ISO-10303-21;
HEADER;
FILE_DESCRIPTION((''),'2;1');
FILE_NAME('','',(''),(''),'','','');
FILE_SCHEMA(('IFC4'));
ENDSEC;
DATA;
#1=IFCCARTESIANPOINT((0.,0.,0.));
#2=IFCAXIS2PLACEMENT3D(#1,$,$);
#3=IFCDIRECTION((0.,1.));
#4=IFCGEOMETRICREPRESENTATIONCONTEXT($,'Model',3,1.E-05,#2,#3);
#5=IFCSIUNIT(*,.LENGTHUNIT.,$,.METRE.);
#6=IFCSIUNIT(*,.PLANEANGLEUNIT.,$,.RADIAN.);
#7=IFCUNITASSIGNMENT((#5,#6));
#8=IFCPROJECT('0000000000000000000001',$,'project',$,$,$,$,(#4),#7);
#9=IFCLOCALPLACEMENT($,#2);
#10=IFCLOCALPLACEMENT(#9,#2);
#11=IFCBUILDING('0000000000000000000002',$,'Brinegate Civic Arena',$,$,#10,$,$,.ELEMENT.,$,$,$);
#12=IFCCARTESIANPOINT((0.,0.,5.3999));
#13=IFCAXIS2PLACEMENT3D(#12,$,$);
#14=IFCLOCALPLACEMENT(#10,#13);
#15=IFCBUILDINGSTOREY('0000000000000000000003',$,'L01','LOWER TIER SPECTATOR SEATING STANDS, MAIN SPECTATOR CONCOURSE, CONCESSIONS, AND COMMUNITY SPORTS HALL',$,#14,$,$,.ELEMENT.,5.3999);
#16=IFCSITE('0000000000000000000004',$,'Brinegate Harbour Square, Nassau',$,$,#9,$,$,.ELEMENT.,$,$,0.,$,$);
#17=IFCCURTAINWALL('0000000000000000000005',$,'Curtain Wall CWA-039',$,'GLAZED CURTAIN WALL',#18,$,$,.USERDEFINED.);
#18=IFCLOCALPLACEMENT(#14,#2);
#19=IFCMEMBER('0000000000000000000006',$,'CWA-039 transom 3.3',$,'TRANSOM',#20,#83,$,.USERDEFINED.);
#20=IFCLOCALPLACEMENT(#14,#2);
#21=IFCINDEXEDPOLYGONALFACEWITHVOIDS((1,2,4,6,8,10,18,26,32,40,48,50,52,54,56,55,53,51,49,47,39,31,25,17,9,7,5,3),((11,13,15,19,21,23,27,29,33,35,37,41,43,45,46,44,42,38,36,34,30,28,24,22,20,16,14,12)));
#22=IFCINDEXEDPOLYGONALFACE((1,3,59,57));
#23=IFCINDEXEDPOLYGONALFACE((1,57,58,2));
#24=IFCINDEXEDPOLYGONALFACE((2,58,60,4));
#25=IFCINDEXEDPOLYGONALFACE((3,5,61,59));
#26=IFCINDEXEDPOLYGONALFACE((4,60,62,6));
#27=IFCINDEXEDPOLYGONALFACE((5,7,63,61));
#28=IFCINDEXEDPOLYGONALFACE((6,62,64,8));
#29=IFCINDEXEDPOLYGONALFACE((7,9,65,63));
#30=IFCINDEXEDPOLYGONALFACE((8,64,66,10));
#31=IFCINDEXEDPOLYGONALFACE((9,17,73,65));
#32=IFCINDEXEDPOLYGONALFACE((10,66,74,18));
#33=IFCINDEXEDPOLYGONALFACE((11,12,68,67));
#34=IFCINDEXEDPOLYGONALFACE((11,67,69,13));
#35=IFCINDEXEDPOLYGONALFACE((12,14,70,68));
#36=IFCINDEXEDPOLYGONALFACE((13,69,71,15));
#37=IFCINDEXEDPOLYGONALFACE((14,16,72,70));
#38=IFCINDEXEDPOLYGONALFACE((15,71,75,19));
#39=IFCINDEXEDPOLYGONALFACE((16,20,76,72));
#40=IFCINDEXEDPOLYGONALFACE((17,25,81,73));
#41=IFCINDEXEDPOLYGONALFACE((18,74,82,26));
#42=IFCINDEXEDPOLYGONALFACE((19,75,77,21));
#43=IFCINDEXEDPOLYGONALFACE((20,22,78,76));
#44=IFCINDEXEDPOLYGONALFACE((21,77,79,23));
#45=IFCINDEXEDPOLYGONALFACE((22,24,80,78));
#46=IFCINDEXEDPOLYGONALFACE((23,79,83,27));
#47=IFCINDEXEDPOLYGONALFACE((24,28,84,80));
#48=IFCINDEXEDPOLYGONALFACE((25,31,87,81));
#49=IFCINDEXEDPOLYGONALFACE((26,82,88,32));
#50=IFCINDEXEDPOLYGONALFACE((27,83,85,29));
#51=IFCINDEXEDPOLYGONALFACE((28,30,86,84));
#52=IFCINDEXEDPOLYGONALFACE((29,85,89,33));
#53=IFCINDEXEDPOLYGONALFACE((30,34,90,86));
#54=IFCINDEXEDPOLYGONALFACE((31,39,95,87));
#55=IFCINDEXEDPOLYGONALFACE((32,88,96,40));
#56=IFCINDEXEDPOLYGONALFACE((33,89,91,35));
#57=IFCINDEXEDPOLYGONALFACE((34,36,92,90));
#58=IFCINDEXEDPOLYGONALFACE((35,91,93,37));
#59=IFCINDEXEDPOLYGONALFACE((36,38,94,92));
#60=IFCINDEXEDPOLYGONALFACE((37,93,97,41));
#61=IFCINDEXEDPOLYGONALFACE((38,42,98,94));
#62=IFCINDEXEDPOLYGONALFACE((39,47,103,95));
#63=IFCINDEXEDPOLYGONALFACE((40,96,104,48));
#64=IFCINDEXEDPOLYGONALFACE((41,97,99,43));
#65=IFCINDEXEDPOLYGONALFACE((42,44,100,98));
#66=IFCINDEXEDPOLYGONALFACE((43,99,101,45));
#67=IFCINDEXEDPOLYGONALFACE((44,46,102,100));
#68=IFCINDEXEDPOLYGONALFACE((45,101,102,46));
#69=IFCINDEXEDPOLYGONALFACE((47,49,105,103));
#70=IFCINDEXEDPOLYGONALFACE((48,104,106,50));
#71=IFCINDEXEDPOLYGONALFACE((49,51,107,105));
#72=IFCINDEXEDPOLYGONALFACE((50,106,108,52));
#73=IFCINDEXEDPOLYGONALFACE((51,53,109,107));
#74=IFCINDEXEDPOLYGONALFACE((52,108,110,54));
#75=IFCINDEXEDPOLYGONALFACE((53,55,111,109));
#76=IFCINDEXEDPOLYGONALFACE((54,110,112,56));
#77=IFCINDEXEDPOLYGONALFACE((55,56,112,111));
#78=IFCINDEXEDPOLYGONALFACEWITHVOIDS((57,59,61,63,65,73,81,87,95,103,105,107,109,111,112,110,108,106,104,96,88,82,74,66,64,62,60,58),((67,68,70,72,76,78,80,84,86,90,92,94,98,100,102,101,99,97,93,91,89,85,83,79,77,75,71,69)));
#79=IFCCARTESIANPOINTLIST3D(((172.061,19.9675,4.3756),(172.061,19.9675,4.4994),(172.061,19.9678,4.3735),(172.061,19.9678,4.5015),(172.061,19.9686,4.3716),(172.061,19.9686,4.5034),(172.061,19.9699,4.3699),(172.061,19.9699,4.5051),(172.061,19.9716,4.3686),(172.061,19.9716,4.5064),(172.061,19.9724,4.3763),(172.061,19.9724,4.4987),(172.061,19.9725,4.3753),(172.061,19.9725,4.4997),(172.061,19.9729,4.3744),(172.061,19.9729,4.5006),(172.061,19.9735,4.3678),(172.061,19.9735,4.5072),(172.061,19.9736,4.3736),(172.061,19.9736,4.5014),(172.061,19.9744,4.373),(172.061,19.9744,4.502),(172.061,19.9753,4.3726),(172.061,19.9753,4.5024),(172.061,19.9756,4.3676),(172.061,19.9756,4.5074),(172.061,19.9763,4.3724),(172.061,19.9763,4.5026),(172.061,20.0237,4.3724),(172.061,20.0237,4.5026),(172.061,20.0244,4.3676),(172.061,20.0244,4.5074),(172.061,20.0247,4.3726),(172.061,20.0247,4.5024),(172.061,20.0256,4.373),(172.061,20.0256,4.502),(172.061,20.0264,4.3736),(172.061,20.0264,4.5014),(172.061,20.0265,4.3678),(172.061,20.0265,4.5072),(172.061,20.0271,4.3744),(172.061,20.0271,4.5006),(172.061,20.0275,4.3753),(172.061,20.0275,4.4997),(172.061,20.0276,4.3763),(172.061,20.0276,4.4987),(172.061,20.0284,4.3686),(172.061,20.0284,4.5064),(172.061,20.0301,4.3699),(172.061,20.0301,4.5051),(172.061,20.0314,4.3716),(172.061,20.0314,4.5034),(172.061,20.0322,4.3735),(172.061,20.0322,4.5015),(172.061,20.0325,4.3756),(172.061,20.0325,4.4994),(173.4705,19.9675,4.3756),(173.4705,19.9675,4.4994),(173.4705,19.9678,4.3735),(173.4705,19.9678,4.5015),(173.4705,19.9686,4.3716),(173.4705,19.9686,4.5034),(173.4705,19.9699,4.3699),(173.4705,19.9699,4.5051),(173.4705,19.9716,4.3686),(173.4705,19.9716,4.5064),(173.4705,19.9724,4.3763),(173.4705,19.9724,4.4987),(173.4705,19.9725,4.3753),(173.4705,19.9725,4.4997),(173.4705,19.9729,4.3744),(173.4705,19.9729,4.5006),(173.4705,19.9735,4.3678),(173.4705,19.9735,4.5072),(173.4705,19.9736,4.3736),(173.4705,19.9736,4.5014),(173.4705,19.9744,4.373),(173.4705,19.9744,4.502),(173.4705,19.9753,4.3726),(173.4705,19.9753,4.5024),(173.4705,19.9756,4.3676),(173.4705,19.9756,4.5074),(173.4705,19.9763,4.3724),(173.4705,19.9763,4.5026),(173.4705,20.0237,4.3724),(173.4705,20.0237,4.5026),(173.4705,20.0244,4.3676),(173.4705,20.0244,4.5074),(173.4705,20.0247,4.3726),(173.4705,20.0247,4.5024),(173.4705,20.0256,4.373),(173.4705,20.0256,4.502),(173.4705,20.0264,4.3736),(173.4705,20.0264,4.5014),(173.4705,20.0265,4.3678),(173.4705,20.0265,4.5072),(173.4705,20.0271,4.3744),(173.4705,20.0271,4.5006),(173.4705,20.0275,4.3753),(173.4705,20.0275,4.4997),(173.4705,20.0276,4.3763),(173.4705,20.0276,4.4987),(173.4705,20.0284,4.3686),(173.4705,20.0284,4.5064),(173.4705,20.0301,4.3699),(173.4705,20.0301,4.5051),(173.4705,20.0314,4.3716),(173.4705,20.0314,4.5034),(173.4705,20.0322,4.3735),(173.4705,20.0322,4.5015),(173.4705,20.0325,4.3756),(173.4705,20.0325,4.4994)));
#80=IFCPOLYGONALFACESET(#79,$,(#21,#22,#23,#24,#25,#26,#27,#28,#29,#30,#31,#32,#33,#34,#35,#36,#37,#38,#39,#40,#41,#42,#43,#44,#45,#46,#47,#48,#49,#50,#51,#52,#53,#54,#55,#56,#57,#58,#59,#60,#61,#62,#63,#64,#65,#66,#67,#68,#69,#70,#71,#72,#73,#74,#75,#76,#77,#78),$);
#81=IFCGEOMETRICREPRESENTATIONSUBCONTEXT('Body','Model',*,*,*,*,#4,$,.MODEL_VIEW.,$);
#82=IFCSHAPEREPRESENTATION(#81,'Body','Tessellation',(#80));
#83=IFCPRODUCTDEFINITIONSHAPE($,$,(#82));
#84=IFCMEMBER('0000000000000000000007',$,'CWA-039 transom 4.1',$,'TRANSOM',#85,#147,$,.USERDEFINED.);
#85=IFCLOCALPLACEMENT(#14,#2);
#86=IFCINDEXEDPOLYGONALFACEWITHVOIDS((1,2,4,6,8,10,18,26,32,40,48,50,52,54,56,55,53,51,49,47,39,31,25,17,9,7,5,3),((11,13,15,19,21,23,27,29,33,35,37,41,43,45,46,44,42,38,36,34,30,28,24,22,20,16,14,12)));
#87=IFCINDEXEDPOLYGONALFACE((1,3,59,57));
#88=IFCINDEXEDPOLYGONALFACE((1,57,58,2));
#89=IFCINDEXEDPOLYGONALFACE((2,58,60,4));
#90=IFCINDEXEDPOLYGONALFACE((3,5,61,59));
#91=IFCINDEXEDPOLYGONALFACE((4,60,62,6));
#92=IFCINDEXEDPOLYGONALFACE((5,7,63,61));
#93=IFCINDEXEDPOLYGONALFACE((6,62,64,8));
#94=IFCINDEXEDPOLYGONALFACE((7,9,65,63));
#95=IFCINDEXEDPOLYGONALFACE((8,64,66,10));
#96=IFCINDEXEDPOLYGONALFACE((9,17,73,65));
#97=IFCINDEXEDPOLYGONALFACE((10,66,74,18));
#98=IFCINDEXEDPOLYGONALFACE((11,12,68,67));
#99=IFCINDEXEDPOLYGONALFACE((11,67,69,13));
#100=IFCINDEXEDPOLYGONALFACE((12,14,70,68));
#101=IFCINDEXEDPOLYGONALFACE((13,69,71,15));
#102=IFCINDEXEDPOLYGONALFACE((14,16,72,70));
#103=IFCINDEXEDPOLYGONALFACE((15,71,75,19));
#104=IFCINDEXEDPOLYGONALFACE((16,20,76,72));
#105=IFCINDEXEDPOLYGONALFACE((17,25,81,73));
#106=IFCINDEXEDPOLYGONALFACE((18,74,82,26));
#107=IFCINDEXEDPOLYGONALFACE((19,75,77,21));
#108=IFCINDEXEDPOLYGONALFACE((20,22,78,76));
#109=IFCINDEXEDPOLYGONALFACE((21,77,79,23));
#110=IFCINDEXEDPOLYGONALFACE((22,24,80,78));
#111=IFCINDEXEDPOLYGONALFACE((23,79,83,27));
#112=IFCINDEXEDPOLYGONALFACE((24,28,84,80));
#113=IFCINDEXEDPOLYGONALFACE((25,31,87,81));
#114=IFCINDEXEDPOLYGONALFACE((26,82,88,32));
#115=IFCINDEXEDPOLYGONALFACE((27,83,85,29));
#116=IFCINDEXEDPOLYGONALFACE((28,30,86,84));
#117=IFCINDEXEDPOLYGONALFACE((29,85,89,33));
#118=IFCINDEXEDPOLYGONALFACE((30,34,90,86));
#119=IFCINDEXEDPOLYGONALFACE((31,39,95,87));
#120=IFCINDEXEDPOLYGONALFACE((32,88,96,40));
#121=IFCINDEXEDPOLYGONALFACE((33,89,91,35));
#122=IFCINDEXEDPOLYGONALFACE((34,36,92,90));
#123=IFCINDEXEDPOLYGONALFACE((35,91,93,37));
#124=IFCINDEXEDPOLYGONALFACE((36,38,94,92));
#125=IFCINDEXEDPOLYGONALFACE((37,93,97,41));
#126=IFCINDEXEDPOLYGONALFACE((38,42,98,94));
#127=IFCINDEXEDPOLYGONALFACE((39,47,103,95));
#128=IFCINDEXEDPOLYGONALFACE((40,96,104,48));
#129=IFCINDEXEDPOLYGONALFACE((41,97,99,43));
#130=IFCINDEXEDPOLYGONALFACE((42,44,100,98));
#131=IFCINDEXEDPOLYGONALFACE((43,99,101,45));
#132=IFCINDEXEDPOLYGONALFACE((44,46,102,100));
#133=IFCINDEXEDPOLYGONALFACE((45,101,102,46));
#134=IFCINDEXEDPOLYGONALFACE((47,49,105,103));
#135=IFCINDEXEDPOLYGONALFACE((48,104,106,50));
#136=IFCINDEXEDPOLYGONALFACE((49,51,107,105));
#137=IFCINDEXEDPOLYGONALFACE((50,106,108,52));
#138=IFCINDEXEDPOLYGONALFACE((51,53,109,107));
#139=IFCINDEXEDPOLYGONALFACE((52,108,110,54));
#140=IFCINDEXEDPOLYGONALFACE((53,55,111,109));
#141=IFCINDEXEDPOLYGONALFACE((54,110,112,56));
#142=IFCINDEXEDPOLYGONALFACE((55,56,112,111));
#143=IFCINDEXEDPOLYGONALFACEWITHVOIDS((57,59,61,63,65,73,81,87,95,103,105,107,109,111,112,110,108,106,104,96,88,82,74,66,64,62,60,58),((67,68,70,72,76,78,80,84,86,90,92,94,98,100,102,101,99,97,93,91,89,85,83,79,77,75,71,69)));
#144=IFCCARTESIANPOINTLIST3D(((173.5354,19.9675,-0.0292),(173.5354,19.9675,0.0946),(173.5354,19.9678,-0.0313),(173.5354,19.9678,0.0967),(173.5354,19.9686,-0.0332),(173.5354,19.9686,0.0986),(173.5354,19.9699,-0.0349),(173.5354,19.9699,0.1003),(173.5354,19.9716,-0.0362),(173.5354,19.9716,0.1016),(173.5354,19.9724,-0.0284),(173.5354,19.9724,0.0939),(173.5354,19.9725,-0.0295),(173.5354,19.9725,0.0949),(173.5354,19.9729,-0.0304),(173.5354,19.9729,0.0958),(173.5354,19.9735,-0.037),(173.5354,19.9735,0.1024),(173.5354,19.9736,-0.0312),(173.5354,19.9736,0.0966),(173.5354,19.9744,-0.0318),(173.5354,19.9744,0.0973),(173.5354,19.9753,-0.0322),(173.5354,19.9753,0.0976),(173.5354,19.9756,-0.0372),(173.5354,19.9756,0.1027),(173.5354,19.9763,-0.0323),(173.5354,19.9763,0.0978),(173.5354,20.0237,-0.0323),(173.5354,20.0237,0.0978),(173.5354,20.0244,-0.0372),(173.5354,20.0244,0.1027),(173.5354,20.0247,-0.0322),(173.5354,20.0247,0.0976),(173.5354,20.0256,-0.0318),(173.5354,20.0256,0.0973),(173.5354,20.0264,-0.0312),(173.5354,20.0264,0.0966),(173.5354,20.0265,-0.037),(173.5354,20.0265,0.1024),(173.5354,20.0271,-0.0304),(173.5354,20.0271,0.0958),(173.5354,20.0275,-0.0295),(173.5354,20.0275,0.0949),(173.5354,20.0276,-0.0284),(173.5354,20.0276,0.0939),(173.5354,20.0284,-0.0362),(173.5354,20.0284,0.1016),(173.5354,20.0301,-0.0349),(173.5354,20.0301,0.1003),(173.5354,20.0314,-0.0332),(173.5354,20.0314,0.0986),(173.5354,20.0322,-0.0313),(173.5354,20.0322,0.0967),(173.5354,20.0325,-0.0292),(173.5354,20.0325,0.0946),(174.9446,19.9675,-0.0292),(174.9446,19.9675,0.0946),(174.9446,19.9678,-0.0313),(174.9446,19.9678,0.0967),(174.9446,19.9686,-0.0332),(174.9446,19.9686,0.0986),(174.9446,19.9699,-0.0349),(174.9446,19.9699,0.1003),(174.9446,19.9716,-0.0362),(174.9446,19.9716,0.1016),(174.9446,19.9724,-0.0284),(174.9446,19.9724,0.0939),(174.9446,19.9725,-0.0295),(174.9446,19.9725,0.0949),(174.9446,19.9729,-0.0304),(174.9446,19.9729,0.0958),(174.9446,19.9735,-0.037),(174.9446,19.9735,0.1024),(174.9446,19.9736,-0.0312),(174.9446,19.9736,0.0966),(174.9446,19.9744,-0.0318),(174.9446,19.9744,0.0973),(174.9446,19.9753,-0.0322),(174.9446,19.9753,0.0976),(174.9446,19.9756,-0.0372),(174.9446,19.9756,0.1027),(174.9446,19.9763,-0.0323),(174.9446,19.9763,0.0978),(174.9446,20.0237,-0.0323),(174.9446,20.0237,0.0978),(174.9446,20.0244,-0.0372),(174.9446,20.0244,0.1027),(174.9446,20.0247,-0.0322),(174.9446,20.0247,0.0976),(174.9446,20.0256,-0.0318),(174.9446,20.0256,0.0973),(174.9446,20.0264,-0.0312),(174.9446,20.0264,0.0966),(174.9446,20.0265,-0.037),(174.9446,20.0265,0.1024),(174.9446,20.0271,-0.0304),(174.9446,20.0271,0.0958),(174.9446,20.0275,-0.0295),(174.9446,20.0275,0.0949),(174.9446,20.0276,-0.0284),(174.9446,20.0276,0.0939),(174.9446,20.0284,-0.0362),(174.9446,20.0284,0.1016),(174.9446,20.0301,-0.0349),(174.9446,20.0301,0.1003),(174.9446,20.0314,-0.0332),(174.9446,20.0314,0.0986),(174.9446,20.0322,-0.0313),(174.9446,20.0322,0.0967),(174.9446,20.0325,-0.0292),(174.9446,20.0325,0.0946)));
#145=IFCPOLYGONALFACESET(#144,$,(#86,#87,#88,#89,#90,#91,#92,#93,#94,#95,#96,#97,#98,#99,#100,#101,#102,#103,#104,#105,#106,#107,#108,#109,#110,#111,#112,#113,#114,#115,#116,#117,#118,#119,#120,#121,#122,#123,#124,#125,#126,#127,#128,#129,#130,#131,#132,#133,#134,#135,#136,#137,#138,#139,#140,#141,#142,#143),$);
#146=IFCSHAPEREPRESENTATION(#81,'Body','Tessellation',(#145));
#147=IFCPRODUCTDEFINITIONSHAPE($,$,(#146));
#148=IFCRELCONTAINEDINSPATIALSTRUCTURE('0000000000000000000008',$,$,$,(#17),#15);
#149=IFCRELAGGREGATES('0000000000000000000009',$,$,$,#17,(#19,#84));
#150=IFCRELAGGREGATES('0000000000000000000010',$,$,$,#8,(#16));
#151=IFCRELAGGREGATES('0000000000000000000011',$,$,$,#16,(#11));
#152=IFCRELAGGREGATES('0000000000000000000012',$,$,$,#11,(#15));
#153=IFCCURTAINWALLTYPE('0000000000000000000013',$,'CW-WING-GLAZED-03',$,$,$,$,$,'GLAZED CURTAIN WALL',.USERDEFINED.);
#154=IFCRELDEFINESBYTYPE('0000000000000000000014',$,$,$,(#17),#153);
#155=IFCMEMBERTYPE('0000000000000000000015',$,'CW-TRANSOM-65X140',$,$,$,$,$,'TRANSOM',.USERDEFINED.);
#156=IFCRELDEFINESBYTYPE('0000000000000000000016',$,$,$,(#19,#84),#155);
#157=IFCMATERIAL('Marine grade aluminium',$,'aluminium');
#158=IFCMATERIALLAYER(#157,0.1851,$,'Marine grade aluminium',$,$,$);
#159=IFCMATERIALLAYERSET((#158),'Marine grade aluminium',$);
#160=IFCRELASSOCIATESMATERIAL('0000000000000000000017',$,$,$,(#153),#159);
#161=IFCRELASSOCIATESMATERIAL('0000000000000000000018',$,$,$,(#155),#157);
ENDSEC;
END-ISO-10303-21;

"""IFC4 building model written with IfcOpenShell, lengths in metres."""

from ifc_helpers import new_model, si_unit, direction, frame, origin, origin_2d, place, context, subcontext, project, spatial, hollow_rectangle, extrude, material, layer, layer_set, material_profile, profile_set, type_object, element, aggregate, save


model = new_model("IFC4")

# Units and contexts
model_context = context("Model", 3, precision=1e-05, world=origin(), true_north=direction((0.0, 1.0)))
body_context = subcontext(model_context, "Body", "Model", "MODEL_VIEW")
ifc_project = project(units=[si_unit("LENGTHUNIT", "METRE"), si_unit("PLANEANGLEUNIT", "RADIAN")], contexts=[model_context])

# Site, building, storey
site_placement = place(None, origin())
site = spatial("IfcSite", under=ifc_project, at=site_placement, Name="Brinegate Harbour Square, Nassau", CompositionType="ELEMENT", RefElevation=0.0)
building_placement = place(site_placement, origin())
building = spatial("IfcBuilding", under=site, at=building_placement, Name="Brinegate Civic Arena", CompositionType="ELEMENT")
storey_placement = place(building_placement, frame((0.0, 0.0, 5.3999)))
storey = spatial("IfcBuildingStorey", under=building, at=storey_placement, Name="L01", Description="LOWER TIER SPECTATOR SEATING STANDS, MAIN SPECTATOR CONCOURSE, CONCESSIONS, AND COMMUNITY SPORTS HALL", CompositionType="ELEMENT", Elevation=5.3999)

# Curtain wall, members
ifc_material_1 = material(Name="Marine grade aluminium", Category="aluminium")
ifc_layer_1 = layer(ifc_material_1, 0.1851, Name="Marine grade aluminium")
ifc_layer_set_1 = layer_set([ifc_layer_1], Name="Marine grade aluminium")
curtain_wall_type = type_object("IfcCurtainWallType", Name="CW-WING-GLAZED-03", ElementType="GLAZED CURTAIN WALL", PredefinedType="USERDEFINED", material=ifc_layer_set_1)
curtain_wall_placement = place(storey_placement, origin())
curtain_wall = element("IfcCurtainWall", 1, at=curtain_wall_placement, inside=storey, type_object=curtain_wall_type, Name="Curtain Wall CWA-039", ObjectType="GLAZED CURTAIN WALL", PredefinedType="USERDEFINED")
ifc_material_profile_1 = material_profile(ifc_material_1, hollow_rectangle(XDim=0.0649, YDim=0.1399, WallThickness=0.0049, InnerFilletRadius=0.0039, OuterFilletRadius=0.0081, at=origin_2d()), Name="TRN65X140")
ifc_profile_set_1 = profile_set([ifc_material_profile_1], Name="Marine grade aluminium")
member_type_1 = type_object("IfcMemberType", Name="CW-TRANSOM-65X140", ElementType="TRANSOM", PredefinedType="USERDEFINED", material=ifc_profile_set_1)
member_1_placement = place(storey_placement, frame((172.061, 20.0, 4.4375), z_axis=(1.0, 0.0, 0.0), x_axis=(0.0, 1.0, 0.0)))
member_1 = element("IfcMember", 2, at=member_1_placement, type_object=member_type_1, Name="CWA-039 transom 3.3", ObjectType="TRANSOM", PredefinedType="USERDEFINED", context=body_context, shape_type="SweptSolid", body=[
    extrude(hollow_rectangle(XDim=0.0649, YDim=0.1399, WallThickness=0.0049, InnerFilletRadius=0.0039, OuterFilletRadius=0.0081, at=origin_2d()), origin(), (0.0, 0.0, 1.0), 1.4094),
])
member_2_placement = place(storey_placement, frame((173.5354, 20.0, 0.0327), z_axis=(1.0, 0.0, 0.0), x_axis=(0.0, 1.0, 0.0)))
member_2 = element("IfcMember", 3, at=member_2_placement, type_object=member_type_1, Name="CWA-039 transom 4.1", ObjectType="TRANSOM", PredefinedType="USERDEFINED", context=body_context, shape_type="SweptSolid", body=[
    extrude(hollow_rectangle(XDim=0.0649, YDim=0.1399, WallThickness=0.0049, InnerFilletRadius=0.0039, OuterFilletRadius=0.0081, at=origin_2d()), origin(), (0.0, 0.0, 1.0), 1.4092),
])
aggregate(curtain_wall, [member_1, member_2])

save(model, "model.ifc")
